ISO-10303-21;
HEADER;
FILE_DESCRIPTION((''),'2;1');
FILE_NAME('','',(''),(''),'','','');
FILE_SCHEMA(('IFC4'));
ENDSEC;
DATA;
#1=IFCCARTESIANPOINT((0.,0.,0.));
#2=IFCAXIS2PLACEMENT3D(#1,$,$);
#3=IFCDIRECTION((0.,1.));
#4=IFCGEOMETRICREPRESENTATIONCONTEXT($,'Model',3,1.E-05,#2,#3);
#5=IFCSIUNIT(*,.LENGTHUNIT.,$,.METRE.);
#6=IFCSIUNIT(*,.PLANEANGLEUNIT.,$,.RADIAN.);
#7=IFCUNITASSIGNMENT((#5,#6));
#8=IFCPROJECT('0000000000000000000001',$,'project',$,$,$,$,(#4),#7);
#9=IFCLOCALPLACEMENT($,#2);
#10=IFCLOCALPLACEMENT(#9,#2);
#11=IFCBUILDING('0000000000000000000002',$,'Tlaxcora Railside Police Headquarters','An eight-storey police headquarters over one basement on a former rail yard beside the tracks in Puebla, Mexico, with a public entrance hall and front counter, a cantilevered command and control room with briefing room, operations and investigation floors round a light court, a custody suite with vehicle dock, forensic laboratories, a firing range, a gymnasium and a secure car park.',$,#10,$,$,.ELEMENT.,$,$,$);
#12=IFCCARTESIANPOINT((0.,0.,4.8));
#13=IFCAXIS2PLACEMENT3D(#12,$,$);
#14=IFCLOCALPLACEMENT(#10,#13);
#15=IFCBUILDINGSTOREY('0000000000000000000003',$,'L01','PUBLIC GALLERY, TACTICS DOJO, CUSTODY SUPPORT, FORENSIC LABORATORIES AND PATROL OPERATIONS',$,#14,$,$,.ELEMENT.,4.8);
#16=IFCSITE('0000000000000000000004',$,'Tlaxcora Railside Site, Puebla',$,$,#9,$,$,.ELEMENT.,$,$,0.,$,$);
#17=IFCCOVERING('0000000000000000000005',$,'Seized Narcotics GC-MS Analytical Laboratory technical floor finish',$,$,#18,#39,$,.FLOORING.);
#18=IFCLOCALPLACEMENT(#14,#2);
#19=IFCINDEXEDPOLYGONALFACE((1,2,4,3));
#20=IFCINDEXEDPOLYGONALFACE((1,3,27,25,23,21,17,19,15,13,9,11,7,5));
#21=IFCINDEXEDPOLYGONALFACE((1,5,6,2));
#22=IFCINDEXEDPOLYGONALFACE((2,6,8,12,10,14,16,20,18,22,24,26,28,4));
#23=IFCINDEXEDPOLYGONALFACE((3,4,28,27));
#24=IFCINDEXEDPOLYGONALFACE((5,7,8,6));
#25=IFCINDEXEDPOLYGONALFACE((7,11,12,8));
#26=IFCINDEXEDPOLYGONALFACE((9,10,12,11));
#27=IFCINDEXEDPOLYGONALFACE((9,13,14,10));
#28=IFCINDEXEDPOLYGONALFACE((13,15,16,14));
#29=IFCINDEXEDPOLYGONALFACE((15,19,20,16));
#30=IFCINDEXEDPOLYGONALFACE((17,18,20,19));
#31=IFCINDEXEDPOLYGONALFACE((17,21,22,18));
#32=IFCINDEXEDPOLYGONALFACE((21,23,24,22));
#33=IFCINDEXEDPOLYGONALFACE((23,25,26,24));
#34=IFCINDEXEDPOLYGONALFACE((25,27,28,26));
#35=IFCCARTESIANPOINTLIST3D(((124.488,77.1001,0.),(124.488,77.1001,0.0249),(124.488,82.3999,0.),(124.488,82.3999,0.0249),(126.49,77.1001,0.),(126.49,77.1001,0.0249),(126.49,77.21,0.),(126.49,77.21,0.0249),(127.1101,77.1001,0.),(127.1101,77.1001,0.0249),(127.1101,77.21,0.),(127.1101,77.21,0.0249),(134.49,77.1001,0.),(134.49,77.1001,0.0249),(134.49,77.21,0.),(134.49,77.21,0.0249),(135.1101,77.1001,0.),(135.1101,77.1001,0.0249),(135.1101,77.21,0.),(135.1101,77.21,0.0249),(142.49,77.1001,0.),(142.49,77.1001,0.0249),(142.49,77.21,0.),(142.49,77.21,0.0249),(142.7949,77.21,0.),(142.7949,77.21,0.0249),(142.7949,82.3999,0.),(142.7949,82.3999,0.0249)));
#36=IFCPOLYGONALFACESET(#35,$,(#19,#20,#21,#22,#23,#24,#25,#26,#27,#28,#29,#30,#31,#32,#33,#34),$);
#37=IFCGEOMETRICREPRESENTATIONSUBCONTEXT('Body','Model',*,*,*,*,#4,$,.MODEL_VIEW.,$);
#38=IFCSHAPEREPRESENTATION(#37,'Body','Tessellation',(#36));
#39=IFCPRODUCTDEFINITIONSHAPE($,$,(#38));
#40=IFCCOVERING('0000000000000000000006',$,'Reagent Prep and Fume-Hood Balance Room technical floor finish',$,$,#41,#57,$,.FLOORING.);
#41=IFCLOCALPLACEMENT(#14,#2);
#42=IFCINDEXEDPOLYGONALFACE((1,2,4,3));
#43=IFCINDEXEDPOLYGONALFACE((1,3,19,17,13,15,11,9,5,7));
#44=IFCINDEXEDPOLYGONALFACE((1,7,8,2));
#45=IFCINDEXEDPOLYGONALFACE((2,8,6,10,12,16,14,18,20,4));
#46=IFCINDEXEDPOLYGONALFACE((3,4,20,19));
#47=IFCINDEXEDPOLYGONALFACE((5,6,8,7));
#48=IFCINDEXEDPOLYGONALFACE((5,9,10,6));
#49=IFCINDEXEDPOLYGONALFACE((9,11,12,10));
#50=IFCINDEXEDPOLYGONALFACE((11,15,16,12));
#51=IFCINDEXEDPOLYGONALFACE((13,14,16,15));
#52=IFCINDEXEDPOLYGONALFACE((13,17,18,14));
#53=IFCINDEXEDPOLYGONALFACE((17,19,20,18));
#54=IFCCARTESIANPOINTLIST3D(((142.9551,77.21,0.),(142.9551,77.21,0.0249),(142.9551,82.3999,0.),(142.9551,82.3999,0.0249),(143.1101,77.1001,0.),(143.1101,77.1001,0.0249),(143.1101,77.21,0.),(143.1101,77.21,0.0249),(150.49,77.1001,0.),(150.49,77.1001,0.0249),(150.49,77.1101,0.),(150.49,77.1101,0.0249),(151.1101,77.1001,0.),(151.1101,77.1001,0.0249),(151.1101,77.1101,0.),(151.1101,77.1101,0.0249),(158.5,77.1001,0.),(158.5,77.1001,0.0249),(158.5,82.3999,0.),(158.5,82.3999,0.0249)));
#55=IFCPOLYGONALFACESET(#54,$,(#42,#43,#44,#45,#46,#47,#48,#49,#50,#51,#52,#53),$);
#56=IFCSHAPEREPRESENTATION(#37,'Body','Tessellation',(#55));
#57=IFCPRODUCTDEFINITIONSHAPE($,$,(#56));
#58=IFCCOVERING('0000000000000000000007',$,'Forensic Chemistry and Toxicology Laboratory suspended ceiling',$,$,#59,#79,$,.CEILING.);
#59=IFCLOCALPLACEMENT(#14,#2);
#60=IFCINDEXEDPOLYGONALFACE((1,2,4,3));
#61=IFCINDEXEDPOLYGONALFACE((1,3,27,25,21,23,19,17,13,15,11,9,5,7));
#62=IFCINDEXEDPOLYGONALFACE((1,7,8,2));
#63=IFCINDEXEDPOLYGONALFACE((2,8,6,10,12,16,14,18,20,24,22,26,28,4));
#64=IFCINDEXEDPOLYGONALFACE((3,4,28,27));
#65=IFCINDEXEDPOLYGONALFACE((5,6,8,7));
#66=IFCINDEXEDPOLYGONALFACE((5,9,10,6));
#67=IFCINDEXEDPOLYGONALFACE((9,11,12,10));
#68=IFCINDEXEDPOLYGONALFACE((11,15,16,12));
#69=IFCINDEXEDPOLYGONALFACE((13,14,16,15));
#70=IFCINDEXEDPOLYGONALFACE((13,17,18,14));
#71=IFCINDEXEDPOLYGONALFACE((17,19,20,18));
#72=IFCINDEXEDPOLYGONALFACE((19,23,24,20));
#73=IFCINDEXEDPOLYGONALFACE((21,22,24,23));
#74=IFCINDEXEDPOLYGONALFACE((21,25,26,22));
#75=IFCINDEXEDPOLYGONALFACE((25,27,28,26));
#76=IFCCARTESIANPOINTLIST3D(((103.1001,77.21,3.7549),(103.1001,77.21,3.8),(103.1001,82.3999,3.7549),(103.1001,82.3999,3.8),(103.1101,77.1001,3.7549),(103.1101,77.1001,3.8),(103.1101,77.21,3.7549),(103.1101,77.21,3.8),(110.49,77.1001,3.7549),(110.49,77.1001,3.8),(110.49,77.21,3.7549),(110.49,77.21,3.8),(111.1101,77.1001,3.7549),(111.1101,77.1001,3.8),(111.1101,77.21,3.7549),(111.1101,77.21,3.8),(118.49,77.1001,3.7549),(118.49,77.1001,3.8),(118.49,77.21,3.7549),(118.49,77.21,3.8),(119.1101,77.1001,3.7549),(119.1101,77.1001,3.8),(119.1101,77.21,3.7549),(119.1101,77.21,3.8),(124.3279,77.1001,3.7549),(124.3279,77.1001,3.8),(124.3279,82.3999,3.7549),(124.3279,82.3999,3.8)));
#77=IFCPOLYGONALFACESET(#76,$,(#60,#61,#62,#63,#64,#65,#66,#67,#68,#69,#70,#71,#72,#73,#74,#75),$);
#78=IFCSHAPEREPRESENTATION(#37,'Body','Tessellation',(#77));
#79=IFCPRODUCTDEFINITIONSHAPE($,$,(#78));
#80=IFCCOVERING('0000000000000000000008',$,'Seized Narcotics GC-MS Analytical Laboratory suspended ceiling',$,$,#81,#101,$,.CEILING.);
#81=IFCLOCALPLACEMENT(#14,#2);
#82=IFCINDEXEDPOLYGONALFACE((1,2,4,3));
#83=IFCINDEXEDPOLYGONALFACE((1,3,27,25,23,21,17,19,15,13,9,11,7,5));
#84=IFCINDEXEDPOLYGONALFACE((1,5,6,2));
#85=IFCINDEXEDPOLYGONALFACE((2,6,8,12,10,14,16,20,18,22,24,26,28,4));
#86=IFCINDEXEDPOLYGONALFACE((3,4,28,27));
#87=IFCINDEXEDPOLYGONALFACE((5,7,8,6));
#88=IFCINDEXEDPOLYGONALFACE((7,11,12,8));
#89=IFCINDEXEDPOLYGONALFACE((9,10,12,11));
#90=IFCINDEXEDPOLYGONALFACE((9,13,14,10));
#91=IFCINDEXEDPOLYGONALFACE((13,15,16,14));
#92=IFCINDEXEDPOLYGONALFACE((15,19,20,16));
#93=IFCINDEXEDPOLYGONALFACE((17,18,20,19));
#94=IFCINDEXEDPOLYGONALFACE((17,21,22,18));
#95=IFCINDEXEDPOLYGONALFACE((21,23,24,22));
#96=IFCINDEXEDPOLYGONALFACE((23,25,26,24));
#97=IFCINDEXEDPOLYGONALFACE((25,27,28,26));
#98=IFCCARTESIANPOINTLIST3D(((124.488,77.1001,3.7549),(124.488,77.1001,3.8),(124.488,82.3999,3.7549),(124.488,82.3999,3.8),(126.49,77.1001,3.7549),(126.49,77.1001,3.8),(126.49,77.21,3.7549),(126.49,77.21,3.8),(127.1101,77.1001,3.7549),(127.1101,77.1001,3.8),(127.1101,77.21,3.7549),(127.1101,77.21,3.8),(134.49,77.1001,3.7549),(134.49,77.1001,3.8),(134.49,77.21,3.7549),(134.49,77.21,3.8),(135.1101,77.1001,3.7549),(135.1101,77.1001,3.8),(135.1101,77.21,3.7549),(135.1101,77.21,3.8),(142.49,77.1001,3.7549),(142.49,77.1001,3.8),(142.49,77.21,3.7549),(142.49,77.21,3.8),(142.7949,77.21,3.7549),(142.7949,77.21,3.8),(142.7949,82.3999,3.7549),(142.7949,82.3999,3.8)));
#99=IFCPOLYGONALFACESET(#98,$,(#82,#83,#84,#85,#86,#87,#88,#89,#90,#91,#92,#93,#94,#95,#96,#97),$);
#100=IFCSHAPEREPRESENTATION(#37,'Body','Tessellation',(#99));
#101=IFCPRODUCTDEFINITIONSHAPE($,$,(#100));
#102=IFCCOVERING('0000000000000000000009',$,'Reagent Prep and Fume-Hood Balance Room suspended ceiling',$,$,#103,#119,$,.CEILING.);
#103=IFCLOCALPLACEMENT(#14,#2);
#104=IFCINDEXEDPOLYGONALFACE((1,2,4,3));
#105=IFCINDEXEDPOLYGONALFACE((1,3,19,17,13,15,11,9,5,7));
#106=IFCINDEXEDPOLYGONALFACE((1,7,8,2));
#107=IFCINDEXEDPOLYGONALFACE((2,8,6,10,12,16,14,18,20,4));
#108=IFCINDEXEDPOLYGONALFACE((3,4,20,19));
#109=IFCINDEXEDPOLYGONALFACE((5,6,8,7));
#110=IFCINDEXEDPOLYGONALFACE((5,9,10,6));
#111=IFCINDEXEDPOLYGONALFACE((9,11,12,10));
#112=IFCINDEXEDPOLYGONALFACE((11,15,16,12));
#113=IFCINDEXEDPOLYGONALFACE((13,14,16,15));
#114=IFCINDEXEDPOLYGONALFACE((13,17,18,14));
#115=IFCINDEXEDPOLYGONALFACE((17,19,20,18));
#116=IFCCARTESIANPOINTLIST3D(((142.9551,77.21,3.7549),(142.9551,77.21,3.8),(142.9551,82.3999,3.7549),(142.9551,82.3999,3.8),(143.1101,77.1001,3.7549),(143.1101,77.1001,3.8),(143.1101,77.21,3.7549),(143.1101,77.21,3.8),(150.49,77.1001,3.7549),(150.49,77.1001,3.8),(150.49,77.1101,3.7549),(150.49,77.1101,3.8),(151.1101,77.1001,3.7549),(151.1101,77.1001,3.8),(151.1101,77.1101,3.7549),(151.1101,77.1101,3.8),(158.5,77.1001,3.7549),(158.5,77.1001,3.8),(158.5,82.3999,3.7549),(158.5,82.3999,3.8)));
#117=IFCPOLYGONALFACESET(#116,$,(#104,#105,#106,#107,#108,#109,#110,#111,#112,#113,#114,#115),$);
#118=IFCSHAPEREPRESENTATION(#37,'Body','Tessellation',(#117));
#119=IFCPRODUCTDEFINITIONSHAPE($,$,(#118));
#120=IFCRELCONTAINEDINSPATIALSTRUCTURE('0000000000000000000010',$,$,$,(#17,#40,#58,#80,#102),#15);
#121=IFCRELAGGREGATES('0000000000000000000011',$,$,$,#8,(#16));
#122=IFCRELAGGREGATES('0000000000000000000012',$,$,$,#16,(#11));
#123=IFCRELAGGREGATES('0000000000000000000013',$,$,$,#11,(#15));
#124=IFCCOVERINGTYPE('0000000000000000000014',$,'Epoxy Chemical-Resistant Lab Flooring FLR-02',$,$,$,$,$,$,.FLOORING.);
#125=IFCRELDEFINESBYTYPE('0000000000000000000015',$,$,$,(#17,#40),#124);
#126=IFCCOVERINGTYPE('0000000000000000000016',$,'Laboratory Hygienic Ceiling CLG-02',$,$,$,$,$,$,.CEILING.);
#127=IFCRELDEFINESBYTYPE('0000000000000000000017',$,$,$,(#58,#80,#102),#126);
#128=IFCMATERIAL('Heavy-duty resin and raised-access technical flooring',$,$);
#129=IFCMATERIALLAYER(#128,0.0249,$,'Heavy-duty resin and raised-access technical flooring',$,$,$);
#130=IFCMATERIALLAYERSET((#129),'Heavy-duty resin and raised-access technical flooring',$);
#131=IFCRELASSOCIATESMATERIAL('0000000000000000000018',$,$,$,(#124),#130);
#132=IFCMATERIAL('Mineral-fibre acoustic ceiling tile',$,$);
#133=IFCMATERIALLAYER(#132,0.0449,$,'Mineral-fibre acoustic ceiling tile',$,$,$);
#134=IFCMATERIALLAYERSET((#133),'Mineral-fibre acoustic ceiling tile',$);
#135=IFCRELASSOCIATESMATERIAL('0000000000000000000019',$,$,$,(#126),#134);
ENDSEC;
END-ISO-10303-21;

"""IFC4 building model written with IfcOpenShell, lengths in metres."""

from ifc_helpers import new_model, si_unit, direction, frame, origin, place, context, subcontext, project, spatial, polyline, outline, extrude, material, layer, layer_set, type_object, element, save


model = new_model("IFC4")

# Units and contexts
model_context = context("Model", 3, precision=1e-05, world=origin(), true_north=direction((0.0, 1.0)))
body_context = subcontext(model_context, "Body", "Model", "MODEL_VIEW")
ifc_project = project(units=[si_unit("LENGTHUNIT", "METRE"), si_unit("PLANEANGLEUNIT", "RADIAN")], contexts=[model_context])

# Site, building, storey
site_placement = place(None, origin())
site = spatial("IfcSite", under=ifc_project, at=site_placement, Name="Tlaxcora Railside Site, Puebla", CompositionType="ELEMENT", RefElevation=0.0)
building_placement = place(site_placement, origin())
building = spatial("IfcBuilding", under=site, at=building_placement, Name="Tlaxcora Railside Police Headquarters", Description="An eight-storey police headquarters over one basement on a former rail yard beside the tracks in Puebla, Mexico, with a public entrance hall and front counter, a cantilevered command and control room with briefing room, operations and investigation floors round a light court, a custody suite with vehicle dock, forensic laboratories, a firing range, a gymnasium and a secure car park.", CompositionType="ELEMENT")
storey_placement = place(building_placement, frame((0.0, 0.0, 4.8)))
storey = spatial("IfcBuildingStorey", under=building, at=storey_placement, Name="L01", Description="PUBLIC GALLERY, TACTICS DOJO, CUSTODY SUPPORT, FORENSIC LABORATORIES AND PATROL OPERATIONS", CompositionType="ELEMENT", Elevation=4.8)

# Coverings
ifc_material_1 = material(Name="Mineral-fibre acoustic ceiling tile")
ifc_material_2 = material(Name="Heavy-duty resin and raised-access technical flooring")
ifc_layer_1 = layer(ifc_material_2, 0.0249, Name="Heavy-duty resin and raised-access technical flooring")
ifc_layer_set_1 = layer_set([ifc_layer_1], Name="Heavy-duty resin and raised-access technical flooring")
covering_type_1 = type_object("IfcCoveringType", Name="Epoxy Chemical-Resistant Lab Flooring FLR-02", PredefinedType="FLOORING", material=ifc_layer_set_1)
covering_1_placement = place(storey_placement, origin())
element("IfcCovering", 1, at=covering_1_placement, inside=storey, type_object=covering_type_1, Name="Seized Narcotics GC-MS Analytical Laboratory technical floor finish", PredefinedType="FLOORING", context=body_context, shape_type="SweptSolid", body=[
    extrude(outline(polyline([(142.7949, 82.3999), (124.488, 82.3999), (124.488, 77.1001), (126.49, 77.1001), (126.49, 77.21), (127.1101, 77.21), (127.1101, 77.1001), (134.49, 77.1001), (134.49, 77.21), (135.1101, 77.21), (135.1101, 77.1001), (142.49, 77.1001), (142.49, 77.21), (142.7949, 77.21), (142.7949, 82.3999)])), origin(), (0.0, 0.0, 1.0), 0.0249),
])
covering_2_placement = place(storey_placement, origin())
element("IfcCovering", 2, at=covering_2_placement, inside=storey, type_object=covering_type_1, Name="Reagent Prep and Fume-Hood Balance Room technical floor finish", PredefinedType="FLOORING", context=body_context, shape_type="SweptSolid", body=[
    extrude(outline(polyline([(142.9551, 82.3999), (142.9551, 77.21), (143.1101, 77.21), (143.1101, 77.1001), (150.49, 77.1001), (150.49, 77.1101), (151.1101, 77.1101), (151.1101, 77.1001), (158.5, 77.1001), (158.5, 82.3999), (142.9551, 82.3999)])), origin(), (0.0, 0.0, 1.0), 0.0249),
])
ifc_layer_2 = layer(ifc_material_1, 0.0449, Name="Mineral-fibre acoustic ceiling tile")
ifc_layer_set_2 = layer_set([ifc_layer_2], Name="Mineral-fibre acoustic ceiling tile")
covering_type_2 = type_object("IfcCoveringType", Name="Laboratory Hygienic Ceiling CLG-02", PredefinedType="CEILING", material=ifc_layer_set_2)
covering_3_placement = place(storey_placement, frame((0.0, 0.0, 3.7549)))
element("IfcCovering", 3, at=covering_3_placement, inside=storey, type_object=covering_type_2, Name="Forensic Chemistry and Toxicology Laboratory suspended ceiling", PredefinedType="CEILING", context=body_context, shape_type="SweptSolid", body=[
    extrude(outline(polyline([(124.3279, 82.3999), (103.1001, 82.3999), (103.1001, 77.21), (103.1101, 77.21), (103.1101, 77.1001), (110.49, 77.1001), (110.49, 77.21), (111.1101, 77.21), (111.1101, 77.1001), (118.49, 77.1001), (118.49, 77.21), (119.1101, 77.21), (119.1101, 77.1001), (124.3279, 77.1001), (124.3279, 82.3999)])), origin(), (0.0, 0.0, 1.0), 0.0452),
])
covering_4_placement = place(storey_placement, frame((0.0, 0.0, 3.7549)))
element("IfcCovering", 4, at=covering_4_placement, inside=storey, type_object=covering_type_2, Name="Seized Narcotics GC-MS Analytical Laboratory suspended ceiling", PredefinedType="CEILING", context=body_context, shape_type="SweptSolid", body=[
    extrude(outline(polyline([(142.7949, 82.3999), (124.488, 82.3999), (124.488, 77.1001), (126.49, 77.1001), (126.49, 77.21), (127.1101, 77.21), (127.1101, 77.1001), (134.49, 77.1001), (134.49, 77.21), (135.1101, 77.21), (135.1101, 77.1001), (142.49, 77.1001), (142.49, 77.21), (142.7949, 77.21), (142.7949, 82.3999)])), origin(), (0.0, 0.0, 1.0), 0.0452),
])
covering_5_placement = place(storey_placement, frame((0.0, 0.0, 3.7549)))
element("IfcCovering", 5, at=covering_5_placement, inside=storey, type_object=covering_type_2, Name="Reagent Prep and Fume-Hood Balance Room suspended ceiling", PredefinedType="CEILING", context=body_context, shape_type="SweptSolid", body=[
    extrude(outline(polyline([(142.9551, 82.3999), (142.9551, 77.21), (143.1101, 77.21), (143.1101, 77.1001), (150.49, 77.1001), (150.49, 77.1101), (151.1101, 77.1101), (151.1101, 77.1001), (158.5, 77.1001), (158.5, 82.3999), (142.9551, 82.3999)])), origin(), (0.0, 0.0, 1.0), 0.0452),
])

save(model, "model.ifc")
